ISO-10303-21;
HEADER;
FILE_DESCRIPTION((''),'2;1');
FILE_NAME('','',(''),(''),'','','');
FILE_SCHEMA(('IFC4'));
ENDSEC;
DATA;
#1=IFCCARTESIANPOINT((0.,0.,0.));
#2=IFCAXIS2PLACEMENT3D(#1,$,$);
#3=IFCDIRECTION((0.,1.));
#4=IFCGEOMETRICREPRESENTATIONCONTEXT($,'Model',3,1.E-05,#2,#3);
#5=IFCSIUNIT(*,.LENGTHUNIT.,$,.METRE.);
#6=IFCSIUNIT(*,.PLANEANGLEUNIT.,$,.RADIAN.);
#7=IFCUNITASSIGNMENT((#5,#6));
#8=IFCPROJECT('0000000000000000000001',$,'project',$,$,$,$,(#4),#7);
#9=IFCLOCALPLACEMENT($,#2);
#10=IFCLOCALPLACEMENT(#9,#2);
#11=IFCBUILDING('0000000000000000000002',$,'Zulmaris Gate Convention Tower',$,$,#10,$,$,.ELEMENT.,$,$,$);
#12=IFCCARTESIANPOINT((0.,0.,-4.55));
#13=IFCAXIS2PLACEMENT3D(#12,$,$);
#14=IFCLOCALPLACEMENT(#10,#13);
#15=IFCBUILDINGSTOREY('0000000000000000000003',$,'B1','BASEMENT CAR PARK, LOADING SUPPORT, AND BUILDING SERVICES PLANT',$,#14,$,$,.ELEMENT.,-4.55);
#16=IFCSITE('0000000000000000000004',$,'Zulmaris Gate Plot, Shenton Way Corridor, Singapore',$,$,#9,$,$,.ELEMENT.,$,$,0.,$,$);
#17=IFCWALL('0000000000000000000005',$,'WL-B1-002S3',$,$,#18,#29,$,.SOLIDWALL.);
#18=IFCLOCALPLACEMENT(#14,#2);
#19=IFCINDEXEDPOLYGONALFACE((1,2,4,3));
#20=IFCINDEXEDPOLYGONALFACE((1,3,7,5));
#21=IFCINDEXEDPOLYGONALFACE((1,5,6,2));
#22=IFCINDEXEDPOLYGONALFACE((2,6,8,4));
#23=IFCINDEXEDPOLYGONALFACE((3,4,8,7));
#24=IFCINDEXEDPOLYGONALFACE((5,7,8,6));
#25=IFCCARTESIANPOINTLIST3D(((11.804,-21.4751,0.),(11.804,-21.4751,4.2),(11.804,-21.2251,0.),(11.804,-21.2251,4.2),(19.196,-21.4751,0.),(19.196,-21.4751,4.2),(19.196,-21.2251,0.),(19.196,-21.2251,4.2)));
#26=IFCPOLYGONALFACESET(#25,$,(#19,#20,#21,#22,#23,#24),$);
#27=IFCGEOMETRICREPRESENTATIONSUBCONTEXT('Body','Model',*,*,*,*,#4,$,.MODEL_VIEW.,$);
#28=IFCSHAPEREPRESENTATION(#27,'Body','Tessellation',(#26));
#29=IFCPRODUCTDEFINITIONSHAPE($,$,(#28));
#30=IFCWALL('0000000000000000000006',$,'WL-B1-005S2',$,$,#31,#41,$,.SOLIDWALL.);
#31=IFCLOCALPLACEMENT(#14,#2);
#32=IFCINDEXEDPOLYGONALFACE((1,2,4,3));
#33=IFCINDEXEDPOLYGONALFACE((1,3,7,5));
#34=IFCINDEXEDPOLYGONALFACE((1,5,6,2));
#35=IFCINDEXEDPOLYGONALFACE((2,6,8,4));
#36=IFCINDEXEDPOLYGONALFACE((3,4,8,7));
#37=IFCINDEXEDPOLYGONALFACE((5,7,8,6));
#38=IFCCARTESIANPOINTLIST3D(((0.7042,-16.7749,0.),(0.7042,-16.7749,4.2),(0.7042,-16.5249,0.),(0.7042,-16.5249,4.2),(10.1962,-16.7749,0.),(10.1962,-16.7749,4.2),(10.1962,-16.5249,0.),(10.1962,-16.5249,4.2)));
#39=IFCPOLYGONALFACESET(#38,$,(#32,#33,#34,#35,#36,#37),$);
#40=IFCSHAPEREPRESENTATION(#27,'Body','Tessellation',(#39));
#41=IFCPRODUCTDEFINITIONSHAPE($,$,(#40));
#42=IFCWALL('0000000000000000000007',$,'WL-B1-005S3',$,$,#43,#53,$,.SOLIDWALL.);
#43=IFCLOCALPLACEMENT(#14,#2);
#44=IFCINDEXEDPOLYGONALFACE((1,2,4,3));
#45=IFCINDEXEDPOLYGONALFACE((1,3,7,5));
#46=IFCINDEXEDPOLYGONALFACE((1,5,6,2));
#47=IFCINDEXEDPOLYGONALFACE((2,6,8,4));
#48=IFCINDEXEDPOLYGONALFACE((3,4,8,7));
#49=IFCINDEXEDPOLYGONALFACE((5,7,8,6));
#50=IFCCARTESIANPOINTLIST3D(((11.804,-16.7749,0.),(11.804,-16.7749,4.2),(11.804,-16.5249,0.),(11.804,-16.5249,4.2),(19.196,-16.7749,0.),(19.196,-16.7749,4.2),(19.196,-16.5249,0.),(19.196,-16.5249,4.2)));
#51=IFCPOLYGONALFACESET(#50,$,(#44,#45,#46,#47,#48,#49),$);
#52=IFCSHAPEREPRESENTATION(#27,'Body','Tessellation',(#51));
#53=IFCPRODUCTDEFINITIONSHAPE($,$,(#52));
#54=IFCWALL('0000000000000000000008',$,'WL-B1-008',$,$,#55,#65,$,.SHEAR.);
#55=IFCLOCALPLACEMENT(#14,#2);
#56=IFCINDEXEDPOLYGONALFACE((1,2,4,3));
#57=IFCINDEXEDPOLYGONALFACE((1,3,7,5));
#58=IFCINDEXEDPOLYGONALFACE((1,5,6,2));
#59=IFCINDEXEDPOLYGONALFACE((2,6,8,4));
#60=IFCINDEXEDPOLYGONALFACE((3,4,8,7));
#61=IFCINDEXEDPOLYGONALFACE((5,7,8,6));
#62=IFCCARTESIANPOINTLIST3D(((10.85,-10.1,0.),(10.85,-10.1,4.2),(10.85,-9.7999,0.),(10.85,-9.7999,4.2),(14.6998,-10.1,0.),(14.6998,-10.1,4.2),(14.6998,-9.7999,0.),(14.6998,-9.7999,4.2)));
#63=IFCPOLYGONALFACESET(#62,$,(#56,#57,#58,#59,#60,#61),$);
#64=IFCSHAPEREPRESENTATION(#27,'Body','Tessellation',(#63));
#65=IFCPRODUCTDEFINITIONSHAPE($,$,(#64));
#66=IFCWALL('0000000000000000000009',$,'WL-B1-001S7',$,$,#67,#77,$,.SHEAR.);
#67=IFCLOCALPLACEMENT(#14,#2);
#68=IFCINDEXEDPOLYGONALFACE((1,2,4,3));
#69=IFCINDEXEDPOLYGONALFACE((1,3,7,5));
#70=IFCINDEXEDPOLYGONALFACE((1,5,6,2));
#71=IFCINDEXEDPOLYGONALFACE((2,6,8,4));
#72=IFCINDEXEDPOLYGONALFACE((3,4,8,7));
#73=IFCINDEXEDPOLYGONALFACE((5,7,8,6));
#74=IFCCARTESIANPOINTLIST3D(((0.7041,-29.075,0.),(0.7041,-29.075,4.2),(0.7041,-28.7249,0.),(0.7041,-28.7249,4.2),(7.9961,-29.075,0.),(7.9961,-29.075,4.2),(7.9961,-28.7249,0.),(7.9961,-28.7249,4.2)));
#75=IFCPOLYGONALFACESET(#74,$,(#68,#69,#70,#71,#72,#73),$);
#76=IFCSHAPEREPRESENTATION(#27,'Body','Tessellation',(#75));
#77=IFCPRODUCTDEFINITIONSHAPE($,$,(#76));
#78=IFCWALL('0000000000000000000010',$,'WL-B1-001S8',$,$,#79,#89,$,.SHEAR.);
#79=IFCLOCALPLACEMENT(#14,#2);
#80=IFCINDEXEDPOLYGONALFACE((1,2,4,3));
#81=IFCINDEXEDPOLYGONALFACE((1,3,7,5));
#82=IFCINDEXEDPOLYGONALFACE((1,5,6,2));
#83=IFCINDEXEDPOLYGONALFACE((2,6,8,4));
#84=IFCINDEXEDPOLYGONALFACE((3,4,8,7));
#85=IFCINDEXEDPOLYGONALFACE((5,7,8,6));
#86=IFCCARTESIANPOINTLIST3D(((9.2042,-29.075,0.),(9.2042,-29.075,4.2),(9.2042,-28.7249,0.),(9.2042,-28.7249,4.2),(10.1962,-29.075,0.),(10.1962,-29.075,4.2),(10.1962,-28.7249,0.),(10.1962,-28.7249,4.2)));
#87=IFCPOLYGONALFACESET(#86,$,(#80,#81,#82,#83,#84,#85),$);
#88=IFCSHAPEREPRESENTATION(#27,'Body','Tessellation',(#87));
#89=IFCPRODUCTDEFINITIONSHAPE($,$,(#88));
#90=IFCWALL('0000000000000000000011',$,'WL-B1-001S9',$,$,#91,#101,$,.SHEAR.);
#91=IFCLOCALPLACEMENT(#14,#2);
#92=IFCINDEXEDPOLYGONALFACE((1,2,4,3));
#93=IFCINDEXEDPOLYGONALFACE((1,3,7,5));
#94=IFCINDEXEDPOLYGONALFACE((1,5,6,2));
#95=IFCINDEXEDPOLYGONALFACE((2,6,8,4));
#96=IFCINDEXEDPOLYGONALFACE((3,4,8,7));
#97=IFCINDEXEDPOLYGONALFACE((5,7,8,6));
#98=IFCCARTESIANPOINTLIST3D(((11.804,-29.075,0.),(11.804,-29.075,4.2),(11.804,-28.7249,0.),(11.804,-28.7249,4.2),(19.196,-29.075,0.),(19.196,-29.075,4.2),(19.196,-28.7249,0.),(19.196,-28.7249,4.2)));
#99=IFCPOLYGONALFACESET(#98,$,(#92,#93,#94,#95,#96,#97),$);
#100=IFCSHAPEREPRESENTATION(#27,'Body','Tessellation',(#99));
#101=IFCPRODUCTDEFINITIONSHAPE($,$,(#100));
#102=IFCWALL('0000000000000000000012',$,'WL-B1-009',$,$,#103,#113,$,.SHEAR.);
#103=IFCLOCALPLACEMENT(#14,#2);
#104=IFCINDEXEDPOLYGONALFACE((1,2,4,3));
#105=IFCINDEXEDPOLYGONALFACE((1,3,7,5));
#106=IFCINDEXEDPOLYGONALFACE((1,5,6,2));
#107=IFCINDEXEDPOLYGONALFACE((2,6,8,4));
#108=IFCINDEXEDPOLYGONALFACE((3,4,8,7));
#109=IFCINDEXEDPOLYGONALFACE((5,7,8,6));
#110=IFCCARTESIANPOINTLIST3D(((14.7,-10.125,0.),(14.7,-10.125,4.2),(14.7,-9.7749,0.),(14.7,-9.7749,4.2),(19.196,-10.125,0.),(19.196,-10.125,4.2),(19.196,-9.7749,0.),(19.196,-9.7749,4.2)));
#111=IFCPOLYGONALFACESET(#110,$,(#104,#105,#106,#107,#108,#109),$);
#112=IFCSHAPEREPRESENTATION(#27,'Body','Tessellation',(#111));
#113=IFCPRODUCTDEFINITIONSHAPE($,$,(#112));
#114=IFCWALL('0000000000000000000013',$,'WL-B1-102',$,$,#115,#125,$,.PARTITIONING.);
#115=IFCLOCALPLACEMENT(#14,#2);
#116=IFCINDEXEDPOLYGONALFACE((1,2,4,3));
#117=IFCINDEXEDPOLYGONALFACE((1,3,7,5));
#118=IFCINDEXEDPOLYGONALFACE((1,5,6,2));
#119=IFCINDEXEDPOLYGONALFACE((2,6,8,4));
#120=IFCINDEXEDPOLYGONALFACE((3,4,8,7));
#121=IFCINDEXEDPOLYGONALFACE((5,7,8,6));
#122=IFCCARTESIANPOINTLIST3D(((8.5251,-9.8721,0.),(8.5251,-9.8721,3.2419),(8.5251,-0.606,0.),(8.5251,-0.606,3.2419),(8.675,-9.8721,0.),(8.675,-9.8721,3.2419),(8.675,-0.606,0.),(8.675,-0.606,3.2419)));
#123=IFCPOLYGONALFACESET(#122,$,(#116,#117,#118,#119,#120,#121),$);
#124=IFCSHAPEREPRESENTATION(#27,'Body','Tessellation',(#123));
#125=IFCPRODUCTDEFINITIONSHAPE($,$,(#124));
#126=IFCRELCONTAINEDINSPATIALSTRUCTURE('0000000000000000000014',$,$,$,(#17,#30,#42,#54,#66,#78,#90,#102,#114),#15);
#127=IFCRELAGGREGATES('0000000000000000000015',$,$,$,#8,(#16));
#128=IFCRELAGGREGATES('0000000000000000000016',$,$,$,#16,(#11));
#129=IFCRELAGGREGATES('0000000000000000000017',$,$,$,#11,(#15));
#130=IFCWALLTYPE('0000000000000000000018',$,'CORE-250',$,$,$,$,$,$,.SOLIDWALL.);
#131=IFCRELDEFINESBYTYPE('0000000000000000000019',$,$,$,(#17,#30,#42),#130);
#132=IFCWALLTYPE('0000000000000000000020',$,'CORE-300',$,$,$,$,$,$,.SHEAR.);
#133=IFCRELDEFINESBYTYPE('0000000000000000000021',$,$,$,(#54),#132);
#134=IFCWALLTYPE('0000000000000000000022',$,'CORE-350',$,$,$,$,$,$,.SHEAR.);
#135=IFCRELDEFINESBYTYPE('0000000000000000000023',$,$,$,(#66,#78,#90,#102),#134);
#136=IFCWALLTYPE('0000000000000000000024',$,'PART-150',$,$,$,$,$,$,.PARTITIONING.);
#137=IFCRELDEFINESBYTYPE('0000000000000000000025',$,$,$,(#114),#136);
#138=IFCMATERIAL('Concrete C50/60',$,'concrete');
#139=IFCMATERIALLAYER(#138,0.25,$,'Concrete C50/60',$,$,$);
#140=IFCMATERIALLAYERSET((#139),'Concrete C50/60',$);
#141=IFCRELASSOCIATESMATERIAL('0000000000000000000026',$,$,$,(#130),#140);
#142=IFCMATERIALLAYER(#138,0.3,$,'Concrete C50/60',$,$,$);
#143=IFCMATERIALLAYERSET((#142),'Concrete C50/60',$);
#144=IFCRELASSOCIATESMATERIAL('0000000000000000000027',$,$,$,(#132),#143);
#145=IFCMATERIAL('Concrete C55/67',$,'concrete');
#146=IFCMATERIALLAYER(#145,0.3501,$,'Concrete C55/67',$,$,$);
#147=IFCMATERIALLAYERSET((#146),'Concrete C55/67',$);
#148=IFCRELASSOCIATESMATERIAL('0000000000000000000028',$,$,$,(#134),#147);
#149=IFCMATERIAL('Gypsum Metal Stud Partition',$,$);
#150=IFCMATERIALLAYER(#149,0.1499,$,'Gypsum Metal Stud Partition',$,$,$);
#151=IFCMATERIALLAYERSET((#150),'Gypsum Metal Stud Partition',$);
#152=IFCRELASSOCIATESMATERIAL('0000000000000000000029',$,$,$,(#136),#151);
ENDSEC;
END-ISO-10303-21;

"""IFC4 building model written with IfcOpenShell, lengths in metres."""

from ifc_helpers import new_model, si_unit, direction, frame, frame_2d, origin, place, context, subcontext, project, spatial, rectangle, extrude, material, layer, layer_set, type_object, element, save


model = new_model("IFC4")

# Units and contexts
model_context = context("Model", 3, precision=1e-05, world=origin(), true_north=direction((0.0, 1.0)))
body_context = subcontext(model_context, "Body", "Model", "MODEL_VIEW")
ifc_project = project(units=[si_unit("LENGTHUNIT", "METRE"), si_unit("PLANEANGLEUNIT", "RADIAN")], contexts=[model_context])

# Site, building, storey
site_placement = place(None, origin())
site = spatial("IfcSite", under=ifc_project, at=site_placement, Name="Zulmaris Gate Plot, Shenton Way Corridor, Singapore", CompositionType="ELEMENT", RefElevation=0.0)
building_placement = place(site_placement, origin())
building = spatial("IfcBuilding", under=site, at=building_placement, Name="Zulmaris Gate Convention Tower", CompositionType="ELEMENT")
storey_placement = place(building_placement, frame((0.0, 0.0, -4.55)))
storey = spatial("IfcBuildingStorey", under=building, at=storey_placement, Name="B1", Description="BASEMENT CAR PARK, LOADING SUPPORT, AND BUILDING SERVICES PLANT", CompositionType="ELEMENT", Elevation=-4.55)

# Walls
ifc_material_1 = material(Name="Concrete C50/60", Category="concrete")
ifc_layer_1 = layer(ifc_material_1, 0.25, Name="Concrete C50/60")
ifc_layer_set_1 = layer_set([ifc_layer_1], Name="Concrete C50/60")
wall_type_1 = type_object("IfcWallType", Name="CORE-250", PredefinedType="SOLIDWALL", material=ifc_layer_set_1)
wall_1_placement = place(storey_placement, frame((11.804, -21.3501, 0.0), z_axis=(0.0, 0.0, 1.0), x_axis=(1.0, 0.0, 0.0)))
element("IfcWall", 1, at=wall_1_placement, inside=storey, type_object=wall_type_1, Name="WL-B1-002S3", PredefinedType="SOLIDWALL", context=body_context, shape_type="SweptSolid", body=[
    extrude(rectangle(XDim=7.3921, YDim=0.25, at=frame_2d((3.696, 0.0))), origin(), (0.0, 0.0, 1.0), 4.2),
])
wall_2_placement = place(storey_placement, frame((0.7041, -16.6499, 0.0), z_axis=(0.0, 0.0, 1.0), x_axis=(1.0, 0.0, 0.0)))
element("IfcWall", 2, at=wall_2_placement, inside=storey, type_object=wall_type_1, Name="WL-B1-005S2", PredefinedType="SOLIDWALL", context=body_context, shape_type="SweptSolid", body=[
    extrude(rectangle(XDim=9.4919, YDim=0.25, at=frame_2d((4.7461, 0.0))), origin(), (0.0, 0.0, 1.0), 4.2),
])
wall_3_placement = place(storey_placement, frame((11.804, -16.6499, 0.0), z_axis=(0.0, 0.0, 1.0), x_axis=(1.0, 0.0, 0.0)))
element("IfcWall", 3, at=wall_3_placement, inside=storey, type_object=wall_type_1, Name="WL-B1-005S3", PredefinedType="SOLIDWALL", context=body_context, shape_type="SweptSolid", body=[
    extrude(rectangle(XDim=7.3921, YDim=0.25, at=frame_2d((3.696, 0.0))), origin(), (0.0, 0.0, 1.0), 4.2),
])
ifc_layer_2 = layer(ifc_material_1, 0.3, Name="Concrete C50/60")
ifc_layer_set_2 = layer_set([ifc_layer_2], Name="Concrete C50/60")
wall_type_2 = type_object("IfcWallType", Name="CORE-300", PredefinedType="SHEAR", material=ifc_layer_set_2)
wall_4_placement = place(storey_placement, frame((10.8501, -9.95, 0.0), z_axis=(0.0, 0.0, 1.0), x_axis=(1.0, 0.0, 0.0)))
element("IfcWall", 4, at=wall_4_placement, inside=storey, type_object=wall_type_2, Name="WL-B1-008", PredefinedType="SHEAR", context=body_context, shape_type="SweptSolid", body=[
    extrude(rectangle(XDim=3.8499, YDim=0.3, at=frame_2d((1.9248, 0.0))), origin(), (0.0, 0.0, 1.0), 4.2),
])
ifc_material_2 = material(Name="Concrete C55/67", Category="concrete")
ifc_layer_3 = layer(ifc_material_2, 0.3501, Name="Concrete C55/67")
ifc_layer_set_3 = layer_set([ifc_layer_3], Name="Concrete C55/67")
wall_type_3 = type_object("IfcWallType", Name="CORE-350", PredefinedType="SHEAR", material=ifc_layer_set_3)
wall_5_placement = place(storey_placement, frame((0.7041, -28.8999, 0.0), z_axis=(0.0, 0.0, 1.0), x_axis=(1.0, 0.0, 0.0)))
element("IfcWall", 5, at=wall_5_placement, inside=storey, type_object=wall_type_3, Name="WL-B1-001S7", PredefinedType="SHEAR", context=body_context, shape_type="SweptSolid", body=[
    extrude(rectangle(XDim=7.292, YDim=0.3501, at=frame_2d((3.646, 0.0))), origin(), (0.0, 0.0, 1.0), 4.2),
])
wall_6_placement = place(storey_placement, frame((9.2041, -28.8999, 0.0), z_axis=(0.0, 0.0, 1.0), x_axis=(1.0, 0.0, 0.0)))
element("IfcWall", 6, at=wall_6_placement, inside=storey, type_object=wall_type_3, Name="WL-B1-001S8", PredefinedType="SHEAR", context=body_context, shape_type="SweptSolid", body=[
    extrude(rectangle(XDim=0.9919, YDim=0.3501, at=frame_2d((0.4961, 0.0))), origin(), (0.0, 0.0, 1.0), 4.2),
])
wall_7_placement = place(storey_placement, frame((11.804, -28.8999, 0.0), z_axis=(0.0, 0.0, 1.0), x_axis=(1.0, 0.0, 0.0)))
element("IfcWall", 7, at=wall_7_placement, inside=storey, type_object=wall_type_3, Name="WL-B1-001S9", PredefinedType="SHEAR", context=body_context, shape_type="SweptSolid", body=[
    extrude(rectangle(XDim=7.3921, YDim=0.3501, at=frame_2d((3.696, 0.0))), origin(), (0.0, 0.0, 1.0), 4.2),
])
wall_8_placement = place(storey_placement, frame((14.7, -9.95, 0.0), z_axis=(0.0, 0.0, 1.0), x_axis=(1.0, 0.0, 0.0)))
element("IfcWall", 8, at=wall_8_placement, inside=storey, type_object=wall_type_3, Name="WL-B1-009", PredefinedType="SHEAR", context=body_context, shape_type="SweptSolid", body=[
    extrude(rectangle(XDim=4.4961, YDim=0.3501, at=frame_2d((2.248, 0.0))), origin(), (0.0, 0.0, 1.0), 4.2),
])
ifc_material_3 = material(Name="Gypsum Metal Stud Partition")
ifc_layer_4 = layer(ifc_material_3, 0.1499, Name="Gypsum Metal Stud Partition")
ifc_layer_set_4 = layer_set([ifc_layer_4], Name="Gypsum Metal Stud Partition")
wall_type_4 = type_object("IfcWallType", Name="PART-150", PredefinedType="PARTITIONING", material=ifc_layer_set_4)
wall_9_placement = place(storey_placement, frame((8.6001, -9.8721, 0.0), z_axis=(0.0, 0.0, 1.0), x_axis=(0.0, 1.0, 0.0)))
element("IfcWall", 9, at=wall_9_placement, inside=storey, type_object=wall_type_4, Name="WL-B1-102", PredefinedType="PARTITIONING", context=body_context, shape_type="SweptSolid", body=[
    extrude(rectangle(XDim=9.2661, YDim=0.1499, at=frame_2d((4.6331, 0.0))), origin(), (0.0, 0.0, 1.0), 3.2419),
])

save(model, "model.ifc")
